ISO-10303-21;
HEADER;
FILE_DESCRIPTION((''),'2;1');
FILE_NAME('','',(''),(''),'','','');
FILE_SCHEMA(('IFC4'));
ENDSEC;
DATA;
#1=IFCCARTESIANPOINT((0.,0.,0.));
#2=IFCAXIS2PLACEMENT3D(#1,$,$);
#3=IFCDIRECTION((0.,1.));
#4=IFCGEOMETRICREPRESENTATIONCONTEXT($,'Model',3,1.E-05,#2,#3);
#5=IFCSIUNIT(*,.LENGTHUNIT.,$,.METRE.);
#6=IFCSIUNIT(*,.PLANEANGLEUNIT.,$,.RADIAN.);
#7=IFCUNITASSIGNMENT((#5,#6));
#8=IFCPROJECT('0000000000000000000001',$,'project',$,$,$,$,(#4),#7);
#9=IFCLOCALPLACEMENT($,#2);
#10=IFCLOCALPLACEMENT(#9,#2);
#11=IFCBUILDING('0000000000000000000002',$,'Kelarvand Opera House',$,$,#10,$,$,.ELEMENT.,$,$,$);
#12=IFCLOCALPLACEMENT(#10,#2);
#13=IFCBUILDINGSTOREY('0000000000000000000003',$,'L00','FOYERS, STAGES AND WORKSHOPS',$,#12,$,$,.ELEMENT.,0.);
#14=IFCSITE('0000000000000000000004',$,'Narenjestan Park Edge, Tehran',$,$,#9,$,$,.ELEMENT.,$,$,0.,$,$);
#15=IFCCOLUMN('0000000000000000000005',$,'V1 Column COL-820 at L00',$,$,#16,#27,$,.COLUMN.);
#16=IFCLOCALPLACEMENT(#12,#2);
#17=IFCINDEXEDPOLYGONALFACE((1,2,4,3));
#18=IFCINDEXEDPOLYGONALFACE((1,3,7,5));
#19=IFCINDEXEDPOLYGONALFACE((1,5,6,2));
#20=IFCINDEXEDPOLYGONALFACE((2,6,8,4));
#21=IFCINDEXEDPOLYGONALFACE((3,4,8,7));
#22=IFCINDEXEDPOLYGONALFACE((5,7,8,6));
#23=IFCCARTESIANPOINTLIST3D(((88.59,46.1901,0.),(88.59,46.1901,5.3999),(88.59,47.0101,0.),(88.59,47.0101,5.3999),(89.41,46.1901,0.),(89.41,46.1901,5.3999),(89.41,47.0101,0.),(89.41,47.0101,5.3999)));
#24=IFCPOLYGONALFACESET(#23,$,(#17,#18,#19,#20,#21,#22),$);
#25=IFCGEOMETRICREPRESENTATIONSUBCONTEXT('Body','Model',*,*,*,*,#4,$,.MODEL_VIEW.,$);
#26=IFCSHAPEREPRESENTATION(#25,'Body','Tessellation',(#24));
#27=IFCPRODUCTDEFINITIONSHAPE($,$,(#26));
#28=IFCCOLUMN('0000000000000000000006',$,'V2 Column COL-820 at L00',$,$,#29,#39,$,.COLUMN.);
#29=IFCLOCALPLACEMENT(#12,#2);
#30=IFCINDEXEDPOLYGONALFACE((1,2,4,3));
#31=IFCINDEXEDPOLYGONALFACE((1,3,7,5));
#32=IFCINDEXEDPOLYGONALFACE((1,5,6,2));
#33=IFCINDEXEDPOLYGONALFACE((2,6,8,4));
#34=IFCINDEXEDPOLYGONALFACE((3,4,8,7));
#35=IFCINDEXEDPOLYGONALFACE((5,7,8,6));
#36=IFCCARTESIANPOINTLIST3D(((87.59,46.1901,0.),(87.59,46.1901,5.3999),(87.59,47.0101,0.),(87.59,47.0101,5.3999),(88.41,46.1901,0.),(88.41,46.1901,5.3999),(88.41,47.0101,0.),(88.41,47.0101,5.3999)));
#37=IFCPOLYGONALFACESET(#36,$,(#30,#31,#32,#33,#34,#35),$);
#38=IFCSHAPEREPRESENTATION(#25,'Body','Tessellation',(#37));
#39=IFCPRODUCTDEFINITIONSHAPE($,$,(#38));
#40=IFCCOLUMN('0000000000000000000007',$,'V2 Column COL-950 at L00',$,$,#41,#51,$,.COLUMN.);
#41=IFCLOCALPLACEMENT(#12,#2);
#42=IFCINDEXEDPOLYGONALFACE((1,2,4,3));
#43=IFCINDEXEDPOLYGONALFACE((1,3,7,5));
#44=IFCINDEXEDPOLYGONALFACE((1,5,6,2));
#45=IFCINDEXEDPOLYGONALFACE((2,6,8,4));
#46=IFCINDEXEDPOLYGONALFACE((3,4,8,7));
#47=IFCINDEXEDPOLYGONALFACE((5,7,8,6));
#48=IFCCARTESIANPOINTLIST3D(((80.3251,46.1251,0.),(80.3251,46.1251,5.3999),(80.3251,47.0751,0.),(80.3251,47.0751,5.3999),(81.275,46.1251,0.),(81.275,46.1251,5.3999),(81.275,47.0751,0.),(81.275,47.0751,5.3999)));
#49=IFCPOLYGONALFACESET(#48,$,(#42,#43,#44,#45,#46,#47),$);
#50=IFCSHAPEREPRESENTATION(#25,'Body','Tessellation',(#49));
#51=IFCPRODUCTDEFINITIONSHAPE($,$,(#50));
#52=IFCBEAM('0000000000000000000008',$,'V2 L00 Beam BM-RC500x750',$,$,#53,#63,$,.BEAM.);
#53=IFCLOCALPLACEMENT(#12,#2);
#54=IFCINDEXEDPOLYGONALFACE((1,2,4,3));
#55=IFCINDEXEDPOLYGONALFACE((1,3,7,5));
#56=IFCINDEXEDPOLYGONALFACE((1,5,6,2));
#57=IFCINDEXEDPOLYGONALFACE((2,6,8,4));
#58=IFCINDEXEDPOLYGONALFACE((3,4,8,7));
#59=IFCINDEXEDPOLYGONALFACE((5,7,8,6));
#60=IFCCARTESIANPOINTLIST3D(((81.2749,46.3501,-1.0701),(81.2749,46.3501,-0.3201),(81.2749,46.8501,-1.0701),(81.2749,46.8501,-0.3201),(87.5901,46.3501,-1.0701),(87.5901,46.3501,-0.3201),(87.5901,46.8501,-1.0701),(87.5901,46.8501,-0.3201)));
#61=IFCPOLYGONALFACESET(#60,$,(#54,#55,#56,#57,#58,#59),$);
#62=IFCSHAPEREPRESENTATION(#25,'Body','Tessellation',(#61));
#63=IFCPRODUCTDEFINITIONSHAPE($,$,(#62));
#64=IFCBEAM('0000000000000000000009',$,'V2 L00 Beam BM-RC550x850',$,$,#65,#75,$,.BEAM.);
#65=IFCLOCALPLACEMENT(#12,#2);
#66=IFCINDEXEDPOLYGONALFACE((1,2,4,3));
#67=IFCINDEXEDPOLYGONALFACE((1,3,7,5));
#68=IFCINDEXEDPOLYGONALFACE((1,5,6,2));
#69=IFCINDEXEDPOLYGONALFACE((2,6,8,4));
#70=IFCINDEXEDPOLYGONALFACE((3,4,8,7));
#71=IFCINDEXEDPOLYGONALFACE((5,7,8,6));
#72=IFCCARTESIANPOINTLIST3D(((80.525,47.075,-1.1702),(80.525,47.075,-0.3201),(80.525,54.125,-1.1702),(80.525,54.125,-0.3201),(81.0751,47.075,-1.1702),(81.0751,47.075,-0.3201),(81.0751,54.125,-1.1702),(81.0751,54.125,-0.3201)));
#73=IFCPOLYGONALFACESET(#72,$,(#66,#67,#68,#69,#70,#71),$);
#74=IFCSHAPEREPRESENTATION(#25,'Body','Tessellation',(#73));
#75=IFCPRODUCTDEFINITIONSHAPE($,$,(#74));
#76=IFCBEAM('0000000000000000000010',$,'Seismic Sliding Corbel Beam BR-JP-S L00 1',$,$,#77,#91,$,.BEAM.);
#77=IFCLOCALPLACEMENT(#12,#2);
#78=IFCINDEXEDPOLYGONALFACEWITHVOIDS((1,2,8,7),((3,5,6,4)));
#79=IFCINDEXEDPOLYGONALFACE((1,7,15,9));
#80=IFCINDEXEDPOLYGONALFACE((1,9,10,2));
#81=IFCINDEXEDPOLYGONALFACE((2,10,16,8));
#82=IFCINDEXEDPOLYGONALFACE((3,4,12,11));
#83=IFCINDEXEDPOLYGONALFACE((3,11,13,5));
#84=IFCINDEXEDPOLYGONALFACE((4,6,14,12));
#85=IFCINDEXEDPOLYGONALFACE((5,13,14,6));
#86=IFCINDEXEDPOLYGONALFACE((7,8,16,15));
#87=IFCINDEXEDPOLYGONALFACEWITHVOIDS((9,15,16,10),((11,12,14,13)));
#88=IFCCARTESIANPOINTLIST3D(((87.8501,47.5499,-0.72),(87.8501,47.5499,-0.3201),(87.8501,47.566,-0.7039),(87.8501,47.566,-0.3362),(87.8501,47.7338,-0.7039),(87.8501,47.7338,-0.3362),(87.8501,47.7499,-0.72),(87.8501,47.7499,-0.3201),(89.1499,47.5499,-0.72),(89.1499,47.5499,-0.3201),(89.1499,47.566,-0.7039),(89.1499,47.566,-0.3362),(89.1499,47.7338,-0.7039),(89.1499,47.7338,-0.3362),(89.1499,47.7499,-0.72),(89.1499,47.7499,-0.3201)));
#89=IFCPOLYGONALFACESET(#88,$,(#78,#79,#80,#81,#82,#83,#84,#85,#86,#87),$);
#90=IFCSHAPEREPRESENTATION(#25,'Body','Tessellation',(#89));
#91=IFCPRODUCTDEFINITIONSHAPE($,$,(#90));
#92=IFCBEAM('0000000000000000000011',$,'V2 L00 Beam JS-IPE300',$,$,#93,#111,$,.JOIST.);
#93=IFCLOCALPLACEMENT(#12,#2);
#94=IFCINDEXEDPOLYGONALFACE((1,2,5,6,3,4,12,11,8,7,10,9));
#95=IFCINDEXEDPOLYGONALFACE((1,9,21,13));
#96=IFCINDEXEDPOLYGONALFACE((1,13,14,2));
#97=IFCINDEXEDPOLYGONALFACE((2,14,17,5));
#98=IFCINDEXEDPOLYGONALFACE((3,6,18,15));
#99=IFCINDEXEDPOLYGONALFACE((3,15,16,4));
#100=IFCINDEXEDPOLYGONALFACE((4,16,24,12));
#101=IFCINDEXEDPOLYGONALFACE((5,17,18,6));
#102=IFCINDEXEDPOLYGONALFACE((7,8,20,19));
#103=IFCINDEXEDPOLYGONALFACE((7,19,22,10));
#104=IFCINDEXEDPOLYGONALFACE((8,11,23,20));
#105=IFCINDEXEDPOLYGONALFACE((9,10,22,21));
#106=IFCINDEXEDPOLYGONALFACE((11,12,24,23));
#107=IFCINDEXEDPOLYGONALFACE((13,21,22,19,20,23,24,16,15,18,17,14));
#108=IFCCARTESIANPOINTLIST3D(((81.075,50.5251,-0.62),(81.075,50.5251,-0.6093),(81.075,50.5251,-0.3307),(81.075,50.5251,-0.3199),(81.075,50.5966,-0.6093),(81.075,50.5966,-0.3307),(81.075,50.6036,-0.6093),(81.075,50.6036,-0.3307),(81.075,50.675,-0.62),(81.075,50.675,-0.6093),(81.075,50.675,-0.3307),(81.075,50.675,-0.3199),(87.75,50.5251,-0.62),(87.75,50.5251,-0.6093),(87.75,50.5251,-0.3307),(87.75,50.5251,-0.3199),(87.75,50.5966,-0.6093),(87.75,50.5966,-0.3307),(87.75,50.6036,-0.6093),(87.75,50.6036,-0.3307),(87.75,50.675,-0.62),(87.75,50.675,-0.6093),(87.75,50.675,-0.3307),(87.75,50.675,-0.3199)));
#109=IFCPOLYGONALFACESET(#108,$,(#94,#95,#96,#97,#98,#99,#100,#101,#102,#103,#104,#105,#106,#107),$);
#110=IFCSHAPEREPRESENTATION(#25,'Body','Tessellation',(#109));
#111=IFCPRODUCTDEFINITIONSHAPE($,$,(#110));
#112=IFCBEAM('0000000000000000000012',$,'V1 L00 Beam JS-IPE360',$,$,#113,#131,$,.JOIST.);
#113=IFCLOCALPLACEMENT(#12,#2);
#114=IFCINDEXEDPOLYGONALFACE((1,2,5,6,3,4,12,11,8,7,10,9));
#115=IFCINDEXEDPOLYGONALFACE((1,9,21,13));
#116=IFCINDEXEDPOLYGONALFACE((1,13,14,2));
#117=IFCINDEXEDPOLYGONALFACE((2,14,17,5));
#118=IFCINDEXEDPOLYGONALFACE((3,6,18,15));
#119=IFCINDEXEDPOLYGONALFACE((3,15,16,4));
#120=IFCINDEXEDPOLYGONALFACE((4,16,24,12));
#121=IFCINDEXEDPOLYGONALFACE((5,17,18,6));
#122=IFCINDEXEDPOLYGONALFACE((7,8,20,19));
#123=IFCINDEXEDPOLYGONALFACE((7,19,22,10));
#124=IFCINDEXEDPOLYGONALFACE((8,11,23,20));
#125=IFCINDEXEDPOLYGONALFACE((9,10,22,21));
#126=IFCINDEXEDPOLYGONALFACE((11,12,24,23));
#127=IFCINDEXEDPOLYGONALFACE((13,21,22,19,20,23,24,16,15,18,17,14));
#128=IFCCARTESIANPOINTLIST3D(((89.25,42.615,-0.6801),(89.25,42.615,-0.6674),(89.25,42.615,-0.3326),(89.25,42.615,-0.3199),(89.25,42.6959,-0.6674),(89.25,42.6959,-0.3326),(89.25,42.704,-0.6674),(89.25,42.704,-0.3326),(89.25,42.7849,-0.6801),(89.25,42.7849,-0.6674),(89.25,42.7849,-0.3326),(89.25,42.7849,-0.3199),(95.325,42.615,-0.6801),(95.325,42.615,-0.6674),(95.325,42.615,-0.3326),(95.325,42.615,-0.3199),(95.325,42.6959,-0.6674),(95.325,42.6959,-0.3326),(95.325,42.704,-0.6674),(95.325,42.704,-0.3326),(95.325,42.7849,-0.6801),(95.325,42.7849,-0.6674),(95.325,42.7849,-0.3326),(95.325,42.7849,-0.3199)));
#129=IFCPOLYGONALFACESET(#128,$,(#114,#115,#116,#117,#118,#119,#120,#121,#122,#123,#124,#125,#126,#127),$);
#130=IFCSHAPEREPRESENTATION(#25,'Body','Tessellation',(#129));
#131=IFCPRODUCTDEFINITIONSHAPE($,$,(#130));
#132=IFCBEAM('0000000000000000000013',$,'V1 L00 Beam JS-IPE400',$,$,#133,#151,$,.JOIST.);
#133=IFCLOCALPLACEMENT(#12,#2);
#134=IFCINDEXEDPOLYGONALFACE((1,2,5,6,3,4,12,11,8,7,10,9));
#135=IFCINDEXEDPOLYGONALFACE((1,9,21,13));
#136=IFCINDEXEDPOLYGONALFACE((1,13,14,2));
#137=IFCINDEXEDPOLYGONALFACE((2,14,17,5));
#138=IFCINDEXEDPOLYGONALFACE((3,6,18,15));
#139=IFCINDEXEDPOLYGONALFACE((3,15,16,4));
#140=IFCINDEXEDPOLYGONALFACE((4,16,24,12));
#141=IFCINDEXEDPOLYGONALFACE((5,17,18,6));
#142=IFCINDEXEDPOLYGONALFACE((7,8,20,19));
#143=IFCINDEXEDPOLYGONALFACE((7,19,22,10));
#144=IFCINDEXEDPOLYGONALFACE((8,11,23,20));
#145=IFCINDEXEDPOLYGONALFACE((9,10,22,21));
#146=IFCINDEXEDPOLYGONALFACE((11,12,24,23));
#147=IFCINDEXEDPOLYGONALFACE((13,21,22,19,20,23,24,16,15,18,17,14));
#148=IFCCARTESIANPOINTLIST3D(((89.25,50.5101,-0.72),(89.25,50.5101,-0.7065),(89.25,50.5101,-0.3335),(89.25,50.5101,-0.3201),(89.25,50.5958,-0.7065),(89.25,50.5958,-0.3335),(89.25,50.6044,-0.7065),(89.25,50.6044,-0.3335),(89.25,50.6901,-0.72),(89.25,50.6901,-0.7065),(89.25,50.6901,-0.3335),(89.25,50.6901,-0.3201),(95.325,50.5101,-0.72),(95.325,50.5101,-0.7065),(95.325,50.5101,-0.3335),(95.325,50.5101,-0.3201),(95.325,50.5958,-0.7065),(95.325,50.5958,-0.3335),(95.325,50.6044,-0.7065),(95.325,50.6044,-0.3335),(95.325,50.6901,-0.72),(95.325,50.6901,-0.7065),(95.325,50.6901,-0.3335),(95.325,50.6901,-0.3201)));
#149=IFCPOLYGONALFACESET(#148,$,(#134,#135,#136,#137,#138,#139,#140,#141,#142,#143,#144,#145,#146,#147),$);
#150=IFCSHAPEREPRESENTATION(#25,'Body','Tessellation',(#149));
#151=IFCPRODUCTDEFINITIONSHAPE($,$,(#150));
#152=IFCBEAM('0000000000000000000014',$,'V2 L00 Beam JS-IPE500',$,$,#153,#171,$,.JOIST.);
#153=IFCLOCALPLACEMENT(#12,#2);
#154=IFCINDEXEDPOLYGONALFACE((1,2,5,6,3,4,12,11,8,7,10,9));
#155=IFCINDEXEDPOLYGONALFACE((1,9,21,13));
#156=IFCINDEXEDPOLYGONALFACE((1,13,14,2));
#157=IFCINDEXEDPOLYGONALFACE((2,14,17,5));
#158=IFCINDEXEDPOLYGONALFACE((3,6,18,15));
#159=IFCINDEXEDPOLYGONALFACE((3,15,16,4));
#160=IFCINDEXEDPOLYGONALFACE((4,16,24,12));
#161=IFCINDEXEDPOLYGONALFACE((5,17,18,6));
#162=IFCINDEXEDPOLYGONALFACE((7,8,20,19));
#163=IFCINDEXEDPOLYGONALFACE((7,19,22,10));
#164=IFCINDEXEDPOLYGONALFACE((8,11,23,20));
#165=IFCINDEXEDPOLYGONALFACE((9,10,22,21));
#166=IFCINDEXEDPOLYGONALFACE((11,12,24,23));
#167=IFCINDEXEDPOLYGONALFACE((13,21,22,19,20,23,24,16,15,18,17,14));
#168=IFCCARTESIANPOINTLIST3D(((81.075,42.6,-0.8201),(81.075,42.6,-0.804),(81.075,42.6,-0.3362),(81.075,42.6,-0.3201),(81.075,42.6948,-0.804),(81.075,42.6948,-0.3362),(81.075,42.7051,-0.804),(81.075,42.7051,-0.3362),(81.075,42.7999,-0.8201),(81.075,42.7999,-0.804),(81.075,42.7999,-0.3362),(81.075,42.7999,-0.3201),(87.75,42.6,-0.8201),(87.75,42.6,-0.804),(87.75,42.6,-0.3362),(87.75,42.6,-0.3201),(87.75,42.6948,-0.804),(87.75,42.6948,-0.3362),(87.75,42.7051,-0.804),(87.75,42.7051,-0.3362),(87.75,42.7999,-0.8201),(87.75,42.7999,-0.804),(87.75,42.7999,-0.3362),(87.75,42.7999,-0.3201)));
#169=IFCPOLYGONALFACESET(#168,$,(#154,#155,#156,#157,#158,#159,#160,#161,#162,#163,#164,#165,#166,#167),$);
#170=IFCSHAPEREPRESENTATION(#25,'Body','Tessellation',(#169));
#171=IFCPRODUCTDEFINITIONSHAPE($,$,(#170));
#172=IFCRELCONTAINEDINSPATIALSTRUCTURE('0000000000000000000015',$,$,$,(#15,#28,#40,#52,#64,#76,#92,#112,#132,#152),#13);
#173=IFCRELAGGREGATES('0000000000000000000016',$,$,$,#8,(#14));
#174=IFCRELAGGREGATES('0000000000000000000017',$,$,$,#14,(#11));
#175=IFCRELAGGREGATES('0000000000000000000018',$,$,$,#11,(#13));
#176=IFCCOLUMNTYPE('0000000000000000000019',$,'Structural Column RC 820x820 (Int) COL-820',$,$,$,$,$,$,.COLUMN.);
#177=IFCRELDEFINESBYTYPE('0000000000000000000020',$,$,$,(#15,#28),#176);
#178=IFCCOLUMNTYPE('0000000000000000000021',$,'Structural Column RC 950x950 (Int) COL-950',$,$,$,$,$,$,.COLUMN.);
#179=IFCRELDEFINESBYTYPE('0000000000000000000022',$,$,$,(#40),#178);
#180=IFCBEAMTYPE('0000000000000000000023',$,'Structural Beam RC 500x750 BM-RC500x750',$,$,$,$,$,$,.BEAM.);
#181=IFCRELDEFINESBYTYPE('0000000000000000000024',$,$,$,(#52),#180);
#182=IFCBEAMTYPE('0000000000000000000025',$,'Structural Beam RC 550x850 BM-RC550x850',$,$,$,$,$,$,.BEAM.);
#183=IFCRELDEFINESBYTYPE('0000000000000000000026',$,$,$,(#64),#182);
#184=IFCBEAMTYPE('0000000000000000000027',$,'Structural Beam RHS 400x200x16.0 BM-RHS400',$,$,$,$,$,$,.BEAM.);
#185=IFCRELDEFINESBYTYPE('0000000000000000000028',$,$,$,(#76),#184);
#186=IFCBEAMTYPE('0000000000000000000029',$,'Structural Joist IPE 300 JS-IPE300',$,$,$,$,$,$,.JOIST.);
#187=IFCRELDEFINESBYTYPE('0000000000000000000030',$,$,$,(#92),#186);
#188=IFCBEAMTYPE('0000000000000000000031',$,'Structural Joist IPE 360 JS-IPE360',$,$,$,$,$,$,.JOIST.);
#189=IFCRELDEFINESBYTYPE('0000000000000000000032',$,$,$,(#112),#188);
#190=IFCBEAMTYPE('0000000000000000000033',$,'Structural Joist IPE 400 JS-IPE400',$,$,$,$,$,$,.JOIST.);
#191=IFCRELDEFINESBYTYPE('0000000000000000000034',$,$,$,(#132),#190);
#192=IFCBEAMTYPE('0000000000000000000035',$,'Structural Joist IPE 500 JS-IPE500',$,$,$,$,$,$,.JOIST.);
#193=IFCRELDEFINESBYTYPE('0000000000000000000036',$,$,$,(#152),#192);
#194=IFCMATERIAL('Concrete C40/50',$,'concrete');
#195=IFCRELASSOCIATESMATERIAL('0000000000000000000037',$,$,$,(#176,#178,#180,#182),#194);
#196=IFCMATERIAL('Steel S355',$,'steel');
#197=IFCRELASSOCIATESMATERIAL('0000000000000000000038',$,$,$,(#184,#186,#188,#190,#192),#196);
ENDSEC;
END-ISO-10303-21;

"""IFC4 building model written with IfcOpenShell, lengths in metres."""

from ifc_helpers import new_model, si_unit, direction, frame, origin, origin_2d, place, context, subcontext, project, spatial, rectangle, hollow_rectangle, i_section, extrude, material, material_profile, profile_set, type_object, element, save


model = new_model("IFC4")

# Units and contexts
model_context = context("Model", 3, precision=1e-05, world=origin(), true_north=direction((0.0, 1.0)))
body_context = subcontext(model_context, "Body", "Model", "MODEL_VIEW")
ifc_project = project(units=[si_unit("LENGTHUNIT", "METRE"), si_unit("PLANEANGLEUNIT", "RADIAN")], contexts=[model_context])

# Site, building, storey
site_placement = place(None, origin())
site = spatial("IfcSite", under=ifc_project, at=site_placement, Name="Narenjestan Park Edge, Tehran", CompositionType="ELEMENT", RefElevation=0.0)
building_placement = place(site_placement, origin())
building = spatial("IfcBuilding", under=site, at=building_placement, Name="Kelarvand Opera House", CompositionType="ELEMENT")
storey_placement = place(building_placement, origin())
storey = spatial("IfcBuildingStorey", under=building, at=storey_placement, Name="L00", Description="FOYERS, STAGES AND WORKSHOPS", CompositionType="ELEMENT", Elevation=0.0)

# Columns
ifc_material_1 = material(Name="Concrete C40/50", Category="concrete")
ifc_material_profile_1 = material_profile(ifc_material_1, rectangle(XDim=0.8201, YDim=0.8201, at=origin_2d()), Name="RC 820x820", Category="concrete")
ifc_profile_set_1 = profile_set([ifc_material_profile_1], Name="Concrete C40/50")
column_type_1 = type_object("IfcColumnType", Name="Structural Column RC 820x820 (Int) COL-820", PredefinedType="COLUMN", material=ifc_profile_set_1)
for number, where, z_axis, x_axis, name in (
    (1, (89.0, 46.6001, 0.0), (0.0, 0.0, 1.0), (1.0, 0.0, 0.0), "V1 Column COL-820 at L00"),
    (2, (88.0, 46.6001, 0.0), (0.0, 0.0, 1.0), (1.0, 0.0, 0.0), "V2 Column COL-820 at L00"),
):
    element("IfcColumn", number, at=place(storey_placement, frame(where, z_axis=z_axis, x_axis=x_axis)), inside=storey, type_object=column_type_1, Name=name, PredefinedType="COLUMN", context=body_context, shape_type="SweptSolid", body=[
        extrude(rectangle(XDim=0.8201, YDim=0.8201, at=origin_2d()), origin(), (0.0, 0.0, 1.0), 5.3999),
    ])
ifc_material_profile_2 = material_profile(ifc_material_1, rectangle(XDim=0.95, YDim=0.95, at=origin_2d()), Name="RC 950x950", Category="concrete")
ifc_profile_set_2 = profile_set([ifc_material_profile_2], Name="Concrete C40/50")
column_type_2 = type_object("IfcColumnType", Name="Structural Column RC 950x950 (Int) COL-950", PredefinedType="COLUMN", material=ifc_profile_set_2)
column_placement = place(storey_placement, frame((80.8, 46.6001, 0.0), z_axis=(0.0, 0.0, 1.0), x_axis=(1.0, 0.0, 0.0)))
element("IfcColumn", 3, at=column_placement, inside=storey, type_object=column_type_2, Name="V2 Column COL-950 at L00", PredefinedType="COLUMN", context=body_context, shape_type="SweptSolid", body=[
    extrude(rectangle(XDim=0.95, YDim=0.95, at=origin_2d()), origin(), (0.0, 0.0, 1.0), 5.3999),
])

# Beams
ifc_material_profile_3 = material_profile(ifc_material_1, rectangle(XDim=0.5, YDim=0.75, at=origin_2d()), Name="RC 500x750", Category="concrete")
ifc_profile_set_3 = profile_set([ifc_material_profile_3], Name="Concrete C40/50")
beam_type_1 = type_object("IfcBeamType", Name="Structural Beam RC 500x750 BM-RC500x750", PredefinedType="BEAM", material=ifc_profile_set_3)
beam_1_placement = place(storey_placement, frame((81.2749, 46.6001, -0.6951), z_axis=(1.0, 0.0, 0.0), x_axis=(0.0, 1.0, 0.0)))
element("IfcBeam", 4, at=beam_1_placement, inside=storey, type_object=beam_type_1, Name="V2 L00 Beam BM-RC500x750", PredefinedType="BEAM", context=body_context, shape_type="SweptSolid", body=[
    extrude(rectangle(XDim=0.5, YDim=0.75, at=origin_2d()), origin(), (0.0, 0.0, 1.0), 6.3152),
])
ifc_material_profile_4 = material_profile(ifc_material_1, rectangle(XDim=0.55, YDim=0.8501, at=origin_2d()), Name="RC 550x850", Category="concrete")
ifc_profile_set_4 = profile_set([ifc_material_profile_4], Name="Concrete C40/50")
beam_type_2 = type_object("IfcBeamType", Name="Structural Beam RC 550x850 BM-RC550x850", PredefinedType="BEAM", material=ifc_profile_set_4)
beam_2_placement = place(storey_placement, frame((80.8, 47.075, -0.7451), z_axis=(0.0, 1.0, 0.0), x_axis=(-1.0, 0.0, 0.0)))
element("IfcBeam", 5, at=beam_2_placement, inside=storey, type_object=beam_type_2, Name="V2 L00 Beam BM-RC550x850", PredefinedType="BEAM", context=body_context, shape_type="SweptSolid", body=[
    extrude(rectangle(XDim=0.55, YDim=0.8501, at=origin_2d()), origin(), (0.0, 0.0, 1.0), 7.05),
])
ifc_material_2 = material(Name="Steel S355", Category="steel")
ifc_material_profile_5 = material_profile(ifc_material_2, hollow_rectangle(XDim=0.2, YDim=0.3999, WallThickness=0.0161, at=origin_2d()), Name="RHS 400x200x16.0", Category="steel")
ifc_profile_set_5 = profile_set([ifc_material_profile_5], Name="Steel S355")
beam_type_3 = type_object("IfcBeamType", Name="Structural Beam RHS 400x200x16.0 BM-RHS400", PredefinedType="BEAM", material=ifc_profile_set_5)
beam_3_placement = place(storey_placement, frame((87.8501, 47.6499, -0.52), z_axis=(1.0, 0.0, 0.0), x_axis=(0.0, 1.0, 0.0)))
element("IfcBeam", 6, at=beam_3_placement, inside=storey, type_object=beam_type_3, Name="Seismic Sliding Corbel Beam BR-JP-S L00 1", PredefinedType="BEAM", context=body_context, shape_type="SweptSolid", body=[
    extrude(hollow_rectangle(XDim=0.2, YDim=0.3999, WallThickness=0.0161, at=origin_2d()), origin(), (0.0, 0.0, 1.0), 1.2998),
])
ifc_material_profile_6 = material_profile(ifc_material_2, i_section(OverallWidth=0.1499, OverallDepth=0.3, WebThickness=0.0071, FlangeThickness=0.0107, at=origin_2d()), Name="IPE 300", Category="steel")
ifc_profile_set_6 = profile_set([ifc_material_profile_6], Name="Steel S355")
beam_type_4 = type_object("IfcBeamType", Name="Structural Joist IPE 300 JS-IPE300", PredefinedType="JOIST", material=ifc_profile_set_6)
beam_4_placement = place(storey_placement, frame((81.075, 50.6001, -0.47), z_axis=(1.0, 0.0, 0.0), x_axis=(0.0, 1.0, 0.0)))
element("IfcBeam", 7, at=beam_4_placement, inside=storey, type_object=beam_type_4, Name="V2 L00 Beam JS-IPE300", PredefinedType="JOIST", context=body_context, shape_type="SweptSolid", body=[
    extrude(i_section(OverallWidth=0.1499, OverallDepth=0.3, WebThickness=0.0071, FlangeThickness=0.0107, at=origin_2d()), origin(), (0.0, 0.0, 1.0), 6.675),
])
ifc_material_profile_7 = material_profile(ifc_material_2, i_section(OverallWidth=0.1699, OverallDepth=0.3601, WebThickness=0.0081, FlangeThickness=0.0127, at=origin_2d()), Name="IPE 360", Category="steel")
ifc_profile_set_7 = profile_set([ifc_material_profile_7], Name="Steel S355")
beam_type_5 = type_object("IfcBeamType", Name="Structural Joist IPE 360 JS-IPE360", PredefinedType="JOIST", material=ifc_profile_set_7)
beam_5_placement = place(storey_placement, frame((89.25, 42.7, -0.5), z_axis=(1.0, 0.0, 0.0), x_axis=(0.0, 1.0, 0.0)))
element("IfcBeam", 8, at=beam_5_placement, inside=storey, type_object=beam_type_5, Name="V1 L00 Beam JS-IPE360", PredefinedType="JOIST", context=body_context, shape_type="SweptSolid", body=[
    extrude(i_section(OverallWidth=0.1699, OverallDepth=0.3601, WebThickness=0.0081, FlangeThickness=0.0127, at=origin_2d()), origin(), (0.0, 0.0, 1.0), 6.075),
])
ifc_material_profile_8 = material_profile(ifc_material_2, i_section(OverallWidth=0.1799, OverallDepth=0.3999, WebThickness=0.0085, FlangeThickness=0.0134, at=origin_2d()), Name="IPE 400", Category="steel")
ifc_profile_set_8 = profile_set([ifc_material_profile_8], Name="Steel S355")
beam_type_6 = type_object("IfcBeamType", Name="Structural Joist IPE 400 JS-IPE400", PredefinedType="JOIST", material=ifc_profile_set_8)
beam_6_placement = place(storey_placement, frame((89.25, 50.6001, -0.52), z_axis=(1.0, 0.0, 0.0), x_axis=(0.0, 1.0, 0.0)))
element("IfcBeam", 9, at=beam_6_placement, inside=storey, type_object=beam_type_6, Name="V1 L00 Beam JS-IPE400", PredefinedType="JOIST", context=body_context, shape_type="SweptSolid", body=[
    extrude(i_section(OverallWidth=0.1799, OverallDepth=0.3999, WebThickness=0.0085, FlangeThickness=0.0134, at=origin_2d()), origin(), (0.0, 0.0, 1.0), 6.075),
])
ifc_material_profile_9 = material_profile(ifc_material_2, i_section(OverallWidth=0.2, OverallDepth=0.5, WebThickness=0.0103, FlangeThickness=0.0161, at=origin_2d()), Name="IPE 500", Category="steel")
ifc_profile_set_9 = profile_set([ifc_material_profile_9], Name="Steel S355")
beam_type_7 = type_object("IfcBeamType", Name="Structural Joist IPE 500 JS-IPE500", PredefinedType="JOIST", material=ifc_profile_set_9)
beam_7_placement = place(storey_placement, frame((81.075, 42.7, -0.5701), z_axis=(1.0, 0.0, 0.0), x_axis=(0.0, 1.0, 0.0)))
element("IfcBeam", 10, at=beam_7_placement, inside=storey, type_object=beam_type_7, Name="V2 L00 Beam JS-IPE500", PredefinedType="JOIST", context=body_context, shape_type="SweptSolid", body=[
    extrude(i_section(OverallWidth=0.2, OverallDepth=0.5, WebThickness=0.0103, FlangeThickness=0.0161, at=origin_2d()), origin(), (0.0, 0.0, 1.0), 6.675),
])

save(model, "model.ifc")
